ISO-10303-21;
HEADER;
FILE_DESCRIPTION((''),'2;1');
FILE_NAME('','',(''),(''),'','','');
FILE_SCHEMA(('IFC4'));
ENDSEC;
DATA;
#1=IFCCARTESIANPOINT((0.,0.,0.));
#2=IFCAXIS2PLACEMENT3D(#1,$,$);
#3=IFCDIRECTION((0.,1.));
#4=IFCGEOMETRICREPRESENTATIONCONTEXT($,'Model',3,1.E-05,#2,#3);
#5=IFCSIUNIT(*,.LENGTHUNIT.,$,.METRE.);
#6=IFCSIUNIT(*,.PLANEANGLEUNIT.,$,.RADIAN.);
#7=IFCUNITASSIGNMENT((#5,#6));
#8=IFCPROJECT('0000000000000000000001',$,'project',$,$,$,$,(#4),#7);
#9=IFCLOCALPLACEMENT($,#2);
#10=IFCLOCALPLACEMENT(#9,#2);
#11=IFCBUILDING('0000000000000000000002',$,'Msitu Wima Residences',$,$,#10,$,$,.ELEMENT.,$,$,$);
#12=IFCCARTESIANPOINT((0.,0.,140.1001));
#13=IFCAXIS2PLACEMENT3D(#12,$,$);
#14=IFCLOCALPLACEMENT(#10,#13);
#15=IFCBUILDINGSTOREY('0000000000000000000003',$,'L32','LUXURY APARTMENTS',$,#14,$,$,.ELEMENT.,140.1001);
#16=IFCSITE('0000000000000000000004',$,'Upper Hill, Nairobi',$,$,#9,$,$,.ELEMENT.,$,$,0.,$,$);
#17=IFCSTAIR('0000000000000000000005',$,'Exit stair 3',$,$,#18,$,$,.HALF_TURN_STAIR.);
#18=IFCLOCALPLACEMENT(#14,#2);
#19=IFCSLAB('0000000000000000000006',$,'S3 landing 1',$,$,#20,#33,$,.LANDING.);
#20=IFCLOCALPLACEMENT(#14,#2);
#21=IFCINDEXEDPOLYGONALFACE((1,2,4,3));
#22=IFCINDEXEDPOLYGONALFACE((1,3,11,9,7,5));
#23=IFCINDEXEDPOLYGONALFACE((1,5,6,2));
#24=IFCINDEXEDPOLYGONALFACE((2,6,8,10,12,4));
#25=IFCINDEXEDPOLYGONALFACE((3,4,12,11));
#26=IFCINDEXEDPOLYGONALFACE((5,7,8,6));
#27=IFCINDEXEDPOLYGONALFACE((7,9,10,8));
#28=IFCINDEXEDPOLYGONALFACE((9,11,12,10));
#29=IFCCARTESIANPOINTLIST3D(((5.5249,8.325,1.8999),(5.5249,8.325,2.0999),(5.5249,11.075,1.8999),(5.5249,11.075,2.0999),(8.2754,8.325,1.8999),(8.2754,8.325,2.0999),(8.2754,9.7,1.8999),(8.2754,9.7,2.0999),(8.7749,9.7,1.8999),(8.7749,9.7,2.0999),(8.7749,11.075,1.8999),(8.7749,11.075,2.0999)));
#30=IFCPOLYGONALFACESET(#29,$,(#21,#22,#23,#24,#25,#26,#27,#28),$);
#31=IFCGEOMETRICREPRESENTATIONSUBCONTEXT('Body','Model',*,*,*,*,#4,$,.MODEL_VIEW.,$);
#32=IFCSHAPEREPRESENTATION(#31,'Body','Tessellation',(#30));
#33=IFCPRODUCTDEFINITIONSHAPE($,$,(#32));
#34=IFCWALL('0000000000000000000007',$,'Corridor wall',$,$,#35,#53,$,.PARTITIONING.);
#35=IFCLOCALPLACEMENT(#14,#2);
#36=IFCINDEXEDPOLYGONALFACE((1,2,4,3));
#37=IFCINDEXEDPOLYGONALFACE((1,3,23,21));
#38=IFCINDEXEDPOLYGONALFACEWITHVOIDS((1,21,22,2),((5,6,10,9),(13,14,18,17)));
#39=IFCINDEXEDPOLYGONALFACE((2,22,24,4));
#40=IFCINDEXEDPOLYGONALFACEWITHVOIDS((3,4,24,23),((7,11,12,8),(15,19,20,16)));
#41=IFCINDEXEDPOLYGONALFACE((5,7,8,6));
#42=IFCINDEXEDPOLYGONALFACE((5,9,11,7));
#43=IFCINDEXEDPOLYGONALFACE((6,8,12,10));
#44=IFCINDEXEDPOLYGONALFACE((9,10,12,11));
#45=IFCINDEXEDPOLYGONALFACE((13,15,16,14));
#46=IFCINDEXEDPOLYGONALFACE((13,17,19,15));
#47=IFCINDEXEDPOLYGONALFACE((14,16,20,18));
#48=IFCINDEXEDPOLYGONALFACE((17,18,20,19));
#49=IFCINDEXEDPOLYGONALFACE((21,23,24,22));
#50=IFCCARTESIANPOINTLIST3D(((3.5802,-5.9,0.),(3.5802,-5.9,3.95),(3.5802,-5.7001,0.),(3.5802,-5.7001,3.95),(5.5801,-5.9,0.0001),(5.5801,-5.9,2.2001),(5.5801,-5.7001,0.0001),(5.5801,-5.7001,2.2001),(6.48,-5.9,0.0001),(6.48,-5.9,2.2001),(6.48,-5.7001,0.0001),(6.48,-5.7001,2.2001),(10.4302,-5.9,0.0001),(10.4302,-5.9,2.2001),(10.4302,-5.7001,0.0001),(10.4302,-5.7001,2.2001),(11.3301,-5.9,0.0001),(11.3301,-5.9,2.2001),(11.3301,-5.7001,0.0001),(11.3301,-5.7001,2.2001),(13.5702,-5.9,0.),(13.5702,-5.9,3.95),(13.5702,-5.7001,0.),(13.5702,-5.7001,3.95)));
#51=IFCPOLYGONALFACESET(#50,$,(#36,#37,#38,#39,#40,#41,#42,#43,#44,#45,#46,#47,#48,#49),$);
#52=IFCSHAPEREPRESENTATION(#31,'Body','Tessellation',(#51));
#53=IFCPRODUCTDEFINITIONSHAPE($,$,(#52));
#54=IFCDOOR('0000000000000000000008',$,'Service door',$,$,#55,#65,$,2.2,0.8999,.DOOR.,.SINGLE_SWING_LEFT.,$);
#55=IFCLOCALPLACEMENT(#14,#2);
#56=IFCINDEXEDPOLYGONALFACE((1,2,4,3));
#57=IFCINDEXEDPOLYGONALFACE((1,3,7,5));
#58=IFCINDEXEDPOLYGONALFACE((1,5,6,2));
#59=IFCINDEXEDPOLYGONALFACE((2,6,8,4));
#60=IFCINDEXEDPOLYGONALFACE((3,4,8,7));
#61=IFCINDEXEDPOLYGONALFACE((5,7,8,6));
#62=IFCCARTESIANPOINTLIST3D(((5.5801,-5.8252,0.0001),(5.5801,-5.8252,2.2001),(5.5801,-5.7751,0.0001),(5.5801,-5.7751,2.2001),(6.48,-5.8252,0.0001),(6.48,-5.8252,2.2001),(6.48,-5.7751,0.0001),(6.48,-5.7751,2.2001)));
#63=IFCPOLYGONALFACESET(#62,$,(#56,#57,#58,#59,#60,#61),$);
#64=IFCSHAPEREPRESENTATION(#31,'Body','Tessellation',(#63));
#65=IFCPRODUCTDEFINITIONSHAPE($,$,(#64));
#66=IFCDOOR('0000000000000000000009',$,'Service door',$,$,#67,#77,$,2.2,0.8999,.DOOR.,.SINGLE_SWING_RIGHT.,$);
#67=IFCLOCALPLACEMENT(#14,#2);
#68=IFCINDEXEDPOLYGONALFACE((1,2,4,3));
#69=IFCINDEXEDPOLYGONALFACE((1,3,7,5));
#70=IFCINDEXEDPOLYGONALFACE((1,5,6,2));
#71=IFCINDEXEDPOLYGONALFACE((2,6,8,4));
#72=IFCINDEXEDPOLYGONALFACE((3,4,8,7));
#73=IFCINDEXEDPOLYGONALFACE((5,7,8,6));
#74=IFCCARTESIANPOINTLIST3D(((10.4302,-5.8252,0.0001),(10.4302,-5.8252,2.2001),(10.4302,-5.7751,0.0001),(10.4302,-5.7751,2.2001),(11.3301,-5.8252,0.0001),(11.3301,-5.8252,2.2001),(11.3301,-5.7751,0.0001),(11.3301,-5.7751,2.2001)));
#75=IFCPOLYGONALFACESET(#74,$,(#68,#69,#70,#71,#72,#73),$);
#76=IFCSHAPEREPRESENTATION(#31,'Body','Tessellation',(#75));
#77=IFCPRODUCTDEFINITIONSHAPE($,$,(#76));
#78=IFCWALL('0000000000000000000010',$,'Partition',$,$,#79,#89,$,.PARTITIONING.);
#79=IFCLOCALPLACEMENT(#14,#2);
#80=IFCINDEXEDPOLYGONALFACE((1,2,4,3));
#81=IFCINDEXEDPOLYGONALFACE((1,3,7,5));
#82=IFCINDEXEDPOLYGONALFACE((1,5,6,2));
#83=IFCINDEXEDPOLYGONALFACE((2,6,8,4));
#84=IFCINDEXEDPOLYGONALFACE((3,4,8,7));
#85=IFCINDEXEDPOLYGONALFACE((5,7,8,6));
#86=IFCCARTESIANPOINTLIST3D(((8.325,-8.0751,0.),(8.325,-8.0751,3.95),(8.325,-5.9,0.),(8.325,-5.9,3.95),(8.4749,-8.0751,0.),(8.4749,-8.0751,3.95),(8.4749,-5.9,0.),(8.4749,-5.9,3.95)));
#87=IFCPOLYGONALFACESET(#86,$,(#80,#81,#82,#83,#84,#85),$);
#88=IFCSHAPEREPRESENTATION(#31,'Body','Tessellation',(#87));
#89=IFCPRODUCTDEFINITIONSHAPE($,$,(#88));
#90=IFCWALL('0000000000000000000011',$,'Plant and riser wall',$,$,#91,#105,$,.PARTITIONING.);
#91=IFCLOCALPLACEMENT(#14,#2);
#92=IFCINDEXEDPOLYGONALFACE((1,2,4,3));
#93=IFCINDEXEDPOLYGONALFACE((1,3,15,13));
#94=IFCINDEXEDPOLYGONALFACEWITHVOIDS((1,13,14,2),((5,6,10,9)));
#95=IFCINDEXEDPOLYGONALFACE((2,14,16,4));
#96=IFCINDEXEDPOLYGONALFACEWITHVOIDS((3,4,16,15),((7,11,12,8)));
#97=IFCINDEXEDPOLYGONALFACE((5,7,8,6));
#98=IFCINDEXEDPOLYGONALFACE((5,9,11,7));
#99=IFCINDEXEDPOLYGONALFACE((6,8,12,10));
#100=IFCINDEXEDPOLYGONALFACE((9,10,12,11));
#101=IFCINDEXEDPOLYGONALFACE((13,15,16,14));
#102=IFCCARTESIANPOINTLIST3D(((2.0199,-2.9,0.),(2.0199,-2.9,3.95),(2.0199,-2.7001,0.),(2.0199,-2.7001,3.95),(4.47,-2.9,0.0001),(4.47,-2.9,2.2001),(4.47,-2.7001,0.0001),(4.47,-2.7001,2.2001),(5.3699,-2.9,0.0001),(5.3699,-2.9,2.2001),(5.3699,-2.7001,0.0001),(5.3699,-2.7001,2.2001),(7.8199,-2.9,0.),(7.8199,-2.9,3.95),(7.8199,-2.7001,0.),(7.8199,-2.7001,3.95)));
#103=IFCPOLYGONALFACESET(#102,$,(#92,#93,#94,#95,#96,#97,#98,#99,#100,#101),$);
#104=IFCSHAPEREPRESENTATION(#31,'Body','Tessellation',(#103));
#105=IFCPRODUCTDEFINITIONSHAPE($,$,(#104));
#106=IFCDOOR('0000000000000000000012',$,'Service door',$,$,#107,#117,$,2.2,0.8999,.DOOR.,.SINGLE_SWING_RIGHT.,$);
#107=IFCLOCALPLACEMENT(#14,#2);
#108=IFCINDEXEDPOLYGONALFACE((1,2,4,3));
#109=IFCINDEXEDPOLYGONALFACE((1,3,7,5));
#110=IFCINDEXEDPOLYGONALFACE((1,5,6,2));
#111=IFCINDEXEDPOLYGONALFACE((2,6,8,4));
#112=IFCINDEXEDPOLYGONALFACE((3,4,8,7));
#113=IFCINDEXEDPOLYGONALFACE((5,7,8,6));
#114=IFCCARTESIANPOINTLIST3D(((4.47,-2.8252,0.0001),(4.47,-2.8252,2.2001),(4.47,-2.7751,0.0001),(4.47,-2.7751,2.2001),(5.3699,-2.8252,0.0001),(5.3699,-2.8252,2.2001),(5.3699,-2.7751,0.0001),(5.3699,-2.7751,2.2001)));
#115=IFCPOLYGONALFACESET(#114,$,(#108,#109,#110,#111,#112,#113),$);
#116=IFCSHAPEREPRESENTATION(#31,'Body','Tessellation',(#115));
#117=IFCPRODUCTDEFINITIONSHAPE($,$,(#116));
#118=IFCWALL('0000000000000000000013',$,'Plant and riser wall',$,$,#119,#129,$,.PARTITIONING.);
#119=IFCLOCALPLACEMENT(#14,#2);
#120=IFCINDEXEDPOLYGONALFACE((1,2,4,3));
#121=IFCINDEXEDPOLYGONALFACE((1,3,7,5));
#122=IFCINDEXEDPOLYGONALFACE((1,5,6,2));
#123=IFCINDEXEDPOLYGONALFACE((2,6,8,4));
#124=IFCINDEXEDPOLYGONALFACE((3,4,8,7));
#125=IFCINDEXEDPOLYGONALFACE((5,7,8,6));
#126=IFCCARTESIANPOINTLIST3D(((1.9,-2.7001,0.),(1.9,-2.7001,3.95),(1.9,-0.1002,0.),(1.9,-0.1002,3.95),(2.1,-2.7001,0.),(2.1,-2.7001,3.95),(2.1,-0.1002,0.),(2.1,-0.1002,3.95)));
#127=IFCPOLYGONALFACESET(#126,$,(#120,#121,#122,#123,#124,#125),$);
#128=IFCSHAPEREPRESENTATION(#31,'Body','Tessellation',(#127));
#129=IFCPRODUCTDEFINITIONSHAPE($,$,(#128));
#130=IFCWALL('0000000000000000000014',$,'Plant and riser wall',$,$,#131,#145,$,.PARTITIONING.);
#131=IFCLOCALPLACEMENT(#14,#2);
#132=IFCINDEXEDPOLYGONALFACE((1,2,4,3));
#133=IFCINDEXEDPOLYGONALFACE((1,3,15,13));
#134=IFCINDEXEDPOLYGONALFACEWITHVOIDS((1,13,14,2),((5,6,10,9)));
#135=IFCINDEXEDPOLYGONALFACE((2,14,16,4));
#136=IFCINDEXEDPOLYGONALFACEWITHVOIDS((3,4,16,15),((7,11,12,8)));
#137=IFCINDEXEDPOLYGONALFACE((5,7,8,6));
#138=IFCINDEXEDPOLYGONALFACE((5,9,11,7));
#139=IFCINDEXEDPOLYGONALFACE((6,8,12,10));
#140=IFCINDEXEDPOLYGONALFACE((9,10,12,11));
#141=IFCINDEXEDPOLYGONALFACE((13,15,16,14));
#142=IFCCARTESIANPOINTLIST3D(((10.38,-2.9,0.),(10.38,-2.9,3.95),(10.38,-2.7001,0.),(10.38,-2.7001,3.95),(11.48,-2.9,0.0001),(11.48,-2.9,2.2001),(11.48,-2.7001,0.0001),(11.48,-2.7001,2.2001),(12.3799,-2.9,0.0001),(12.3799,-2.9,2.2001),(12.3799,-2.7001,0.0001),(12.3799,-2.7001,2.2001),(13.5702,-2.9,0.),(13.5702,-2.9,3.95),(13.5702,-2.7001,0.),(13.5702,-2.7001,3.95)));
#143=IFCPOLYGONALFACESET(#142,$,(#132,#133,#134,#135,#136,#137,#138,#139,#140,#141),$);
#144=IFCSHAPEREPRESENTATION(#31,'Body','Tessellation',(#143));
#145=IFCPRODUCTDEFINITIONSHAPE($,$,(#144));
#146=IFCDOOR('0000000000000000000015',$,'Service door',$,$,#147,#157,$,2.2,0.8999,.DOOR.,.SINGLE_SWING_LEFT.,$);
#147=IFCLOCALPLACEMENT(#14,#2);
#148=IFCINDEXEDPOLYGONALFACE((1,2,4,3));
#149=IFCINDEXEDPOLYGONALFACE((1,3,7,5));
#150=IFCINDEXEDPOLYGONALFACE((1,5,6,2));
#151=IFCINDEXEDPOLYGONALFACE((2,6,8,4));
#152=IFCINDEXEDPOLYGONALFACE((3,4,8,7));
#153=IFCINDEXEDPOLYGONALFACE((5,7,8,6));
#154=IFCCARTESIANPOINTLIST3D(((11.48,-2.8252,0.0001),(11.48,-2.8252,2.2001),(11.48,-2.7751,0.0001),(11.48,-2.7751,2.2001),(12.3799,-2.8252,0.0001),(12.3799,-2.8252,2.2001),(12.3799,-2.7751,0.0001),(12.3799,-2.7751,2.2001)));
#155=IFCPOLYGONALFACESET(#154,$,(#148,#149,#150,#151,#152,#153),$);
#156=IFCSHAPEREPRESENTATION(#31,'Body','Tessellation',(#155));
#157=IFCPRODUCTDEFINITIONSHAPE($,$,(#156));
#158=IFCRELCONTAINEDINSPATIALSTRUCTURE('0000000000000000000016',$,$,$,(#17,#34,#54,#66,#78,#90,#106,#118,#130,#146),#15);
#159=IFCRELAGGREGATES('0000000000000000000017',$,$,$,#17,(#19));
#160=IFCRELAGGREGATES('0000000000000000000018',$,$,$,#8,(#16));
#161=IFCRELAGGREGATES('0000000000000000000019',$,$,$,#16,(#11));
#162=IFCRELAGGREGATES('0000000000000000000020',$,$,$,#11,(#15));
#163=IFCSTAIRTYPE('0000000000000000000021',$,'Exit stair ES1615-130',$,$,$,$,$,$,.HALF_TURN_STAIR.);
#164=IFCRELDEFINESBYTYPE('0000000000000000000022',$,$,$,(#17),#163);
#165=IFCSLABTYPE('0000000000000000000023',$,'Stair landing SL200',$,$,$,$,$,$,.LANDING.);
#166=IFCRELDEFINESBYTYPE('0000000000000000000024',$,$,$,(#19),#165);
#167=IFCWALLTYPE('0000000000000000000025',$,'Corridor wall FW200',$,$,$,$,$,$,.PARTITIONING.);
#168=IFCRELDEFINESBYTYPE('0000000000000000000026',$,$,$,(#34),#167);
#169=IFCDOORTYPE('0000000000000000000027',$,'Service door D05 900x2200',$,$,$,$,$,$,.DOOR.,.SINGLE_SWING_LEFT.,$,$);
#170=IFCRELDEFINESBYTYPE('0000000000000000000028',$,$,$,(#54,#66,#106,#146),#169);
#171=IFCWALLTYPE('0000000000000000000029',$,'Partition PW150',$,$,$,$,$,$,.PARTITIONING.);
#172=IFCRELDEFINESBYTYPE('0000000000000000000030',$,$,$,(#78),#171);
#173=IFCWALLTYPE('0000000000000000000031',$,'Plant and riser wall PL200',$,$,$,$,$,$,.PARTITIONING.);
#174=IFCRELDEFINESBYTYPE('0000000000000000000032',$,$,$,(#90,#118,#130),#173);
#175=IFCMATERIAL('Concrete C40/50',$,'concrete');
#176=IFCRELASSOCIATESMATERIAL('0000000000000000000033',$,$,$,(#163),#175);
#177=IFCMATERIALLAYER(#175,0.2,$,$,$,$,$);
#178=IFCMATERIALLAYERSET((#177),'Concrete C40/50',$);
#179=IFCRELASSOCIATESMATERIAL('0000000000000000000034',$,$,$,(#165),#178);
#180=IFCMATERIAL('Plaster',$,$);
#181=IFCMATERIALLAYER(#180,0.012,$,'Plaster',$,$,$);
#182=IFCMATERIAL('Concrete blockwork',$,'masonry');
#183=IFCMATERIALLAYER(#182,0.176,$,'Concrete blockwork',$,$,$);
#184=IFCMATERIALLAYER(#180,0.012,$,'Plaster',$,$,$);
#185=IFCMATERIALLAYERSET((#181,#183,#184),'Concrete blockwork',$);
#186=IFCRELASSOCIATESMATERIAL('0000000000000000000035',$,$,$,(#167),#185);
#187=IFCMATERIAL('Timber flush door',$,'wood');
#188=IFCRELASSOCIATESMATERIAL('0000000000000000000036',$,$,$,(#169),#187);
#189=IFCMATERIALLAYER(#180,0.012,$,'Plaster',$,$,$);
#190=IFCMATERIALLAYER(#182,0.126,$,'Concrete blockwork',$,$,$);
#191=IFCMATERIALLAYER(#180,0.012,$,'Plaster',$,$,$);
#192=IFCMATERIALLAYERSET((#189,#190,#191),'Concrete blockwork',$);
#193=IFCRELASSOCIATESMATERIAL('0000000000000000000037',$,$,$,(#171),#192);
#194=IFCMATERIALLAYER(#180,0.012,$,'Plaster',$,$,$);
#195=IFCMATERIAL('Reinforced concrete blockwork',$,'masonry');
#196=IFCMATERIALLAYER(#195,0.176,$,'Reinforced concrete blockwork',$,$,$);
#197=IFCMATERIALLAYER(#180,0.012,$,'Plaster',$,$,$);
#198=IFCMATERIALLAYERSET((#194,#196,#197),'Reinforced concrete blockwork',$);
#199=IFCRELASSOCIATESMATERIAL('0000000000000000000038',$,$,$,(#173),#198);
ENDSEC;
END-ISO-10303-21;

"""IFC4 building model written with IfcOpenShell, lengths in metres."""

from ifc_helpers import new_model, si_unit, direction, frame, frame_2d, origin, place, context, subcontext, project, spatial, polyline, rectangle, outline, extrude, material, layer, layer_set, type_object, element, fill, aggregate, save


model = new_model("IFC4")

# Units and contexts
model_context = context("Model", 3, precision=1e-05, world=origin(), true_north=direction((0.0, 1.0)))
body_context = subcontext(model_context, "Body", "Model", "MODEL_VIEW")
ifc_project = project(units=[si_unit("LENGTHUNIT", "METRE"), si_unit("PLANEANGLEUNIT", "RADIAN")], contexts=[model_context])

# Site, building, storey
site_placement = place(None, origin())
site = spatial("IfcSite", under=ifc_project, at=site_placement, Name="Upper Hill, Nairobi", CompositionType="ELEMENT", RefElevation=0.0)
building_placement = place(site_placement, origin())
building = spatial("IfcBuilding", under=site, at=building_placement, Name="Msitu Wima Residences", CompositionType="ELEMENT")
storey_placement = place(building_placement, frame((0.0, 0.0, 140.1001)))
storey = spatial("IfcBuildingStorey", under=building, at=storey_placement, Name="L32", Description="LUXURY APARTMENTS", CompositionType="ELEMENT", Elevation=140.1001)

# Shared definitions
ifc_material_1 = material(Name="Concrete C40/50", Category="concrete")

# Stair, slab
stair_type = type_object("IfcStairType", Name="Exit stair ES1615-130", PredefinedType="HALF_TURN_STAIR", material=ifc_material_1)
ifc_layer_1 = layer(ifc_material_1, 0.2)
ifc_layer_set_1 = layer_set([ifc_layer_1], Name="Concrete C40/50")
slab_type_1 = type_object("IfcSlabType", Name="Stair landing SL200", PredefinedType="LANDING", material=ifc_layer_set_1)
stair_1_placement = place(storey_placement, origin())
stair_1 = element("IfcStair", 1, at=stair_1_placement, inside=storey, type_object=stair_type, Name="Exit stair 3", PredefinedType="HALF_TURN_STAIR")
slab_1_placement = place(storey_placement, frame((0.0, 0.0, 1.8999)))
slab_1 = element("IfcSlab", 2, at=slab_1_placement, type_object=slab_type_1, Name="S3 landing 1", PredefinedType="LANDING", context=body_context, shape_type="SweptSolid", body=[
    extrude(outline(polyline([(5.5249, 8.325), (8.2754, 8.325), (8.2754, 9.7), (8.7749, 9.7), (8.7749, 11.075), (5.5249, 11.075), (5.5249, 8.325)])), origin(), (0.0, 0.0, 1.0), 0.2),
])
aggregate(stair_1, [slab_1])

# Wall, openings, doors
ifc_material_2 = material(Name="Plaster")
ifc_layer_2 = layer(ifc_material_2, 0.012, Name="Plaster")
ifc_material_3 = material(Name="Concrete blockwork", Category="masonry")
ifc_layer_3 = layer(ifc_material_3, 0.176, Name="Concrete blockwork")
ifc_layer_4 = layer(ifc_material_2, 0.012, Name="Plaster")
ifc_layer_set_2 = layer_set([ifc_layer_2, ifc_layer_3, ifc_layer_4], Name="Concrete blockwork")
wall_type_1 = type_object("IfcWallType", Name="Corridor wall FW200", PredefinedType="PARTITIONING", material=ifc_layer_set_2)
wall_1_placement = place(storey_placement, frame((3.5801, -5.8, 0.0), z_axis=(0.0, 0.0, 1.0), x_axis=(1.0, 0.0, 0.0)))
wall_1 = element("IfcWall", 3, at=wall_1_placement, inside=storey, type_object=wall_type_1, Name="Corridor wall", PredefinedType="PARTITIONING", context=body_context, shape_type="SweptSolid", body=[
    extrude(rectangle(XDim=9.99, YDim=0.2, at=frame_2d((4.9951, 0.0))), origin(), (0.0, 0.0, 1.0), 3.95),
])
opening_1_placement = place(wall_1_placement, frame((2.0, 0.0, 0.0)))
opening_1 = element("IfcOpeningElement", 4, at=opening_1_placement, cuts=wall_1, PredefinedType="OPENING", context=body_context, shape_type="SweptSolid", body=[
    extrude(rectangle(XDim=0.8999, YDim=2.2, at=frame_2d((0.45, 1.1001))), frame((0.0, 0.1099, 0.0), z_axis=(0.0, -1.0, 0.0), x_axis=(1.0, 0.0, 0.0)), (0.0, 0.0, 1.0), 0.22),
])
opening_2_placement = place(wall_1_placement, frame((6.8501, 0.0, 0.0)))
opening_2 = element("IfcOpeningElement", 5, at=opening_2_placement, cuts=wall_1, PredefinedType="OPENING", context=body_context, shape_type="SweptSolid", body=[
    extrude(rectangle(XDim=0.8999, YDim=2.2, at=frame_2d((0.45, 1.1001))), frame((0.0, 0.1099, 0.0), z_axis=(0.0, -1.0, 0.0), x_axis=(1.0, 0.0, 0.0)), (0.0, 0.0, 1.0), 0.22),
])
ifc_material_4 = material(Name="Timber flush door", Category="wood")
door_type = type_object("IfcDoorType", Name="Service door D05 900x2200", OperationType="SINGLE_SWING_LEFT", PredefinedType="DOOR", material=ifc_material_4)
door_1_placement = place(opening_1_placement, origin())
door_1 = element("IfcDoor", 6, at=door_1_placement, inside=storey, type_object=door_type, Name="Service door", OperationType="SINGLE_SWING_LEFT", OverallHeight=2.2, OverallWidth=0.8999, PredefinedType="DOOR", context=body_context, shape_type="SweptSolid", body=[
    extrude(rectangle(XDim=0.8999, YDim=2.2, at=frame_2d((0.45, 1.1001))), frame((0.0, 0.0249, 0.0), z_axis=(0.0, -1.0, 0.0), x_axis=(1.0, 0.0, 0.0)), (0.0, 0.0, 1.0), 0.05),
])
fill(opening_1, door_1)
door_2_placement = place(opening_2_placement, origin())
door_2 = element("IfcDoor", 7, at=door_2_placement, inside=storey, type_object=door_type, Name="Service door", OperationType="SINGLE_SWING_RIGHT", OverallHeight=2.2, OverallWidth=0.8999, PredefinedType="DOOR", context=body_context, shape_type="SweptSolid", body=[
    extrude(rectangle(XDim=0.8999, YDim=2.2, at=frame_2d((0.45, 1.1001))), frame((0.0, 0.0249, 0.0), z_axis=(0.0, -1.0, 0.0), x_axis=(1.0, 0.0, 0.0)), (0.0, 0.0, 1.0), 0.05),
])
fill(opening_2, door_2)

# Wall
ifc_layer_5 = layer(ifc_material_2, 0.012, Name="Plaster")
ifc_layer_6 = layer(ifc_material_3, 0.126, Name="Concrete blockwork")
ifc_layer_7 = layer(ifc_material_2, 0.012, Name="Plaster")
ifc_layer_set_3 = layer_set([ifc_layer_5, ifc_layer_6, ifc_layer_7], Name="Concrete blockwork")
wall_type_2 = type_object("IfcWallType", Name="Partition PW150", PredefinedType="PARTITIONING", material=ifc_layer_set_3)
wall_2_placement = place(storey_placement, frame((8.3999, -8.075, 0.0), z_axis=(0.0, 0.0, 1.0), x_axis=(0.0, 1.0, 0.0)))
element("IfcWall", 8, at=wall_2_placement, inside=storey, type_object=wall_type_2, Name="Partition", PredefinedType="PARTITIONING", context=body_context, shape_type="SweptSolid", body=[
    extrude(rectangle(XDim=2.175, YDim=0.1499, at=frame_2d((1.0874, 0.0))), origin(), (0.0, 0.0, 1.0), 3.95),
])

# Wall, opening, door
ifc_layer_8 = layer(ifc_material_2, 0.012, Name="Plaster")
ifc_material_5 = material(Name="Reinforced concrete blockwork", Category="masonry")
ifc_layer_9 = layer(ifc_material_5, 0.176, Name="Reinforced concrete blockwork")
ifc_layer_10 = layer(ifc_material_2, 0.012, Name="Plaster")
ifc_layer_set_4 = layer_set([ifc_layer_8, ifc_layer_9, ifc_layer_10], Name="Reinforced concrete blockwork")
wall_type_3 = type_object("IfcWallType", Name="Plant and riser wall PL200", PredefinedType="PARTITIONING", material=ifc_layer_set_4)
wall_3_placement = place(storey_placement, frame((2.02, -2.8, 0.0), z_axis=(0.0, 0.0, 1.0), x_axis=(1.0, 0.0, 0.0)))
wall_3 = element("IfcWall", 9, at=wall_3_placement, inside=storey, type_object=wall_type_3, Name="Plant and riser wall", PredefinedType="PARTITIONING", context=body_context, shape_type="SweptSolid", body=[
    extrude(rectangle(XDim=5.8, YDim=0.2, at=frame_2d((2.8999, 0.0))), origin(), (0.0, 0.0, 1.0), 3.95),
])
opening_3_placement = place(wall_3_placement, frame((2.45, 0.0, 0.0)))
opening_3 = element("IfcOpeningElement", 10, at=opening_3_placement, cuts=wall_3, PredefinedType="OPENING", context=body_context, shape_type="SweptSolid", body=[
    extrude(rectangle(XDim=0.8999, YDim=2.2, at=frame_2d((0.45, 1.1001))), frame((0.0, 0.1099, 0.0), z_axis=(0.0, -1.0, 0.0), x_axis=(1.0, 0.0, 0.0)), (0.0, 0.0, 1.0), 0.22),
])
door_3_placement = place(opening_3_placement, origin())
door_3 = element("IfcDoor", 11, at=door_3_placement, inside=storey, type_object=door_type, Name="Service door", OperationType="SINGLE_SWING_RIGHT", OverallHeight=2.2, OverallWidth=0.8999, PredefinedType="DOOR", context=body_context, shape_type="SweptSolid", body=[
    extrude(rectangle(XDim=0.8999, YDim=2.2, at=frame_2d((0.45, 1.1001))), frame((0.0, 0.0249, 0.0), z_axis=(0.0, -1.0, 0.0), x_axis=(1.0, 0.0, 0.0)), (0.0, 0.0, 1.0), 0.05),
])
fill(opening_3, door_3)

# Wall
wall_4_placement = place(storey_placement, frame((2.0, -2.7, 0.0), z_axis=(0.0, 0.0, 1.0), x_axis=(0.0, 1.0, 0.0)))
element("IfcWall", 12, at=wall_4_placement, inside=storey, type_object=wall_type_3, Name="Plant and riser wall", PredefinedType="PARTITIONING", context=body_context, shape_type="SweptSolid", body=[
    extrude(rectangle(XDim=2.5999, YDim=0.2, at=frame_2d((1.2998, 0.0))), origin(), (0.0, 0.0, 1.0), 3.95),
])

# Wall, opening, door
wall_5_placement = place(storey_placement, frame((10.3799, -2.8, 0.0), z_axis=(0.0, 0.0, 1.0), x_axis=(1.0, 0.0, 0.0)))
wall_5 = element("IfcWall", 13, at=wall_5_placement, inside=storey, type_object=wall_type_3, Name="Plant and riser wall", PredefinedType="PARTITIONING", context=body_context, shape_type="SweptSolid", body=[
    extrude(rectangle(XDim=3.1902, YDim=0.2, at=frame_2d((1.5952, 0.0))), origin(), (0.0, 0.0, 1.0), 3.95),
])
opening_4_placement = place(wall_5_placement, frame((1.1001, 0.0, 0.0)))
opening_4 = element("IfcOpeningElement", 14, at=opening_4_placement, cuts=wall_5, PredefinedType="OPENING", context=body_context, shape_type="SweptSolid", body=[
    extrude(rectangle(XDim=0.8999, YDim=2.2, at=frame_2d((0.45, 1.1001))), frame((0.0, 0.1099, 0.0), z_axis=(0.0, -1.0, 0.0), x_axis=(1.0, 0.0, 0.0)), (0.0, 0.0, 1.0), 0.22),
])
door_4_placement = place(opening_4_placement, origin())
door_4 = element("IfcDoor", 15, at=door_4_placement, inside=storey, type_object=door_type, Name="Service door", OperationType="SINGLE_SWING_LEFT", OverallHeight=2.2, OverallWidth=0.8999, PredefinedType="DOOR", context=body_context, shape_type="SweptSolid", body=[
    extrude(rectangle(XDim=0.8999, YDim=2.2, at=frame_2d((0.45, 1.1001))), frame((0.0, 0.0249, 0.0), z_axis=(0.0, -1.0, 0.0), x_axis=(1.0, 0.0, 0.0)), (0.0, 0.0, 1.0), 0.05),
])
fill(opening_4, door_4)

save(model, "model.ifc")
